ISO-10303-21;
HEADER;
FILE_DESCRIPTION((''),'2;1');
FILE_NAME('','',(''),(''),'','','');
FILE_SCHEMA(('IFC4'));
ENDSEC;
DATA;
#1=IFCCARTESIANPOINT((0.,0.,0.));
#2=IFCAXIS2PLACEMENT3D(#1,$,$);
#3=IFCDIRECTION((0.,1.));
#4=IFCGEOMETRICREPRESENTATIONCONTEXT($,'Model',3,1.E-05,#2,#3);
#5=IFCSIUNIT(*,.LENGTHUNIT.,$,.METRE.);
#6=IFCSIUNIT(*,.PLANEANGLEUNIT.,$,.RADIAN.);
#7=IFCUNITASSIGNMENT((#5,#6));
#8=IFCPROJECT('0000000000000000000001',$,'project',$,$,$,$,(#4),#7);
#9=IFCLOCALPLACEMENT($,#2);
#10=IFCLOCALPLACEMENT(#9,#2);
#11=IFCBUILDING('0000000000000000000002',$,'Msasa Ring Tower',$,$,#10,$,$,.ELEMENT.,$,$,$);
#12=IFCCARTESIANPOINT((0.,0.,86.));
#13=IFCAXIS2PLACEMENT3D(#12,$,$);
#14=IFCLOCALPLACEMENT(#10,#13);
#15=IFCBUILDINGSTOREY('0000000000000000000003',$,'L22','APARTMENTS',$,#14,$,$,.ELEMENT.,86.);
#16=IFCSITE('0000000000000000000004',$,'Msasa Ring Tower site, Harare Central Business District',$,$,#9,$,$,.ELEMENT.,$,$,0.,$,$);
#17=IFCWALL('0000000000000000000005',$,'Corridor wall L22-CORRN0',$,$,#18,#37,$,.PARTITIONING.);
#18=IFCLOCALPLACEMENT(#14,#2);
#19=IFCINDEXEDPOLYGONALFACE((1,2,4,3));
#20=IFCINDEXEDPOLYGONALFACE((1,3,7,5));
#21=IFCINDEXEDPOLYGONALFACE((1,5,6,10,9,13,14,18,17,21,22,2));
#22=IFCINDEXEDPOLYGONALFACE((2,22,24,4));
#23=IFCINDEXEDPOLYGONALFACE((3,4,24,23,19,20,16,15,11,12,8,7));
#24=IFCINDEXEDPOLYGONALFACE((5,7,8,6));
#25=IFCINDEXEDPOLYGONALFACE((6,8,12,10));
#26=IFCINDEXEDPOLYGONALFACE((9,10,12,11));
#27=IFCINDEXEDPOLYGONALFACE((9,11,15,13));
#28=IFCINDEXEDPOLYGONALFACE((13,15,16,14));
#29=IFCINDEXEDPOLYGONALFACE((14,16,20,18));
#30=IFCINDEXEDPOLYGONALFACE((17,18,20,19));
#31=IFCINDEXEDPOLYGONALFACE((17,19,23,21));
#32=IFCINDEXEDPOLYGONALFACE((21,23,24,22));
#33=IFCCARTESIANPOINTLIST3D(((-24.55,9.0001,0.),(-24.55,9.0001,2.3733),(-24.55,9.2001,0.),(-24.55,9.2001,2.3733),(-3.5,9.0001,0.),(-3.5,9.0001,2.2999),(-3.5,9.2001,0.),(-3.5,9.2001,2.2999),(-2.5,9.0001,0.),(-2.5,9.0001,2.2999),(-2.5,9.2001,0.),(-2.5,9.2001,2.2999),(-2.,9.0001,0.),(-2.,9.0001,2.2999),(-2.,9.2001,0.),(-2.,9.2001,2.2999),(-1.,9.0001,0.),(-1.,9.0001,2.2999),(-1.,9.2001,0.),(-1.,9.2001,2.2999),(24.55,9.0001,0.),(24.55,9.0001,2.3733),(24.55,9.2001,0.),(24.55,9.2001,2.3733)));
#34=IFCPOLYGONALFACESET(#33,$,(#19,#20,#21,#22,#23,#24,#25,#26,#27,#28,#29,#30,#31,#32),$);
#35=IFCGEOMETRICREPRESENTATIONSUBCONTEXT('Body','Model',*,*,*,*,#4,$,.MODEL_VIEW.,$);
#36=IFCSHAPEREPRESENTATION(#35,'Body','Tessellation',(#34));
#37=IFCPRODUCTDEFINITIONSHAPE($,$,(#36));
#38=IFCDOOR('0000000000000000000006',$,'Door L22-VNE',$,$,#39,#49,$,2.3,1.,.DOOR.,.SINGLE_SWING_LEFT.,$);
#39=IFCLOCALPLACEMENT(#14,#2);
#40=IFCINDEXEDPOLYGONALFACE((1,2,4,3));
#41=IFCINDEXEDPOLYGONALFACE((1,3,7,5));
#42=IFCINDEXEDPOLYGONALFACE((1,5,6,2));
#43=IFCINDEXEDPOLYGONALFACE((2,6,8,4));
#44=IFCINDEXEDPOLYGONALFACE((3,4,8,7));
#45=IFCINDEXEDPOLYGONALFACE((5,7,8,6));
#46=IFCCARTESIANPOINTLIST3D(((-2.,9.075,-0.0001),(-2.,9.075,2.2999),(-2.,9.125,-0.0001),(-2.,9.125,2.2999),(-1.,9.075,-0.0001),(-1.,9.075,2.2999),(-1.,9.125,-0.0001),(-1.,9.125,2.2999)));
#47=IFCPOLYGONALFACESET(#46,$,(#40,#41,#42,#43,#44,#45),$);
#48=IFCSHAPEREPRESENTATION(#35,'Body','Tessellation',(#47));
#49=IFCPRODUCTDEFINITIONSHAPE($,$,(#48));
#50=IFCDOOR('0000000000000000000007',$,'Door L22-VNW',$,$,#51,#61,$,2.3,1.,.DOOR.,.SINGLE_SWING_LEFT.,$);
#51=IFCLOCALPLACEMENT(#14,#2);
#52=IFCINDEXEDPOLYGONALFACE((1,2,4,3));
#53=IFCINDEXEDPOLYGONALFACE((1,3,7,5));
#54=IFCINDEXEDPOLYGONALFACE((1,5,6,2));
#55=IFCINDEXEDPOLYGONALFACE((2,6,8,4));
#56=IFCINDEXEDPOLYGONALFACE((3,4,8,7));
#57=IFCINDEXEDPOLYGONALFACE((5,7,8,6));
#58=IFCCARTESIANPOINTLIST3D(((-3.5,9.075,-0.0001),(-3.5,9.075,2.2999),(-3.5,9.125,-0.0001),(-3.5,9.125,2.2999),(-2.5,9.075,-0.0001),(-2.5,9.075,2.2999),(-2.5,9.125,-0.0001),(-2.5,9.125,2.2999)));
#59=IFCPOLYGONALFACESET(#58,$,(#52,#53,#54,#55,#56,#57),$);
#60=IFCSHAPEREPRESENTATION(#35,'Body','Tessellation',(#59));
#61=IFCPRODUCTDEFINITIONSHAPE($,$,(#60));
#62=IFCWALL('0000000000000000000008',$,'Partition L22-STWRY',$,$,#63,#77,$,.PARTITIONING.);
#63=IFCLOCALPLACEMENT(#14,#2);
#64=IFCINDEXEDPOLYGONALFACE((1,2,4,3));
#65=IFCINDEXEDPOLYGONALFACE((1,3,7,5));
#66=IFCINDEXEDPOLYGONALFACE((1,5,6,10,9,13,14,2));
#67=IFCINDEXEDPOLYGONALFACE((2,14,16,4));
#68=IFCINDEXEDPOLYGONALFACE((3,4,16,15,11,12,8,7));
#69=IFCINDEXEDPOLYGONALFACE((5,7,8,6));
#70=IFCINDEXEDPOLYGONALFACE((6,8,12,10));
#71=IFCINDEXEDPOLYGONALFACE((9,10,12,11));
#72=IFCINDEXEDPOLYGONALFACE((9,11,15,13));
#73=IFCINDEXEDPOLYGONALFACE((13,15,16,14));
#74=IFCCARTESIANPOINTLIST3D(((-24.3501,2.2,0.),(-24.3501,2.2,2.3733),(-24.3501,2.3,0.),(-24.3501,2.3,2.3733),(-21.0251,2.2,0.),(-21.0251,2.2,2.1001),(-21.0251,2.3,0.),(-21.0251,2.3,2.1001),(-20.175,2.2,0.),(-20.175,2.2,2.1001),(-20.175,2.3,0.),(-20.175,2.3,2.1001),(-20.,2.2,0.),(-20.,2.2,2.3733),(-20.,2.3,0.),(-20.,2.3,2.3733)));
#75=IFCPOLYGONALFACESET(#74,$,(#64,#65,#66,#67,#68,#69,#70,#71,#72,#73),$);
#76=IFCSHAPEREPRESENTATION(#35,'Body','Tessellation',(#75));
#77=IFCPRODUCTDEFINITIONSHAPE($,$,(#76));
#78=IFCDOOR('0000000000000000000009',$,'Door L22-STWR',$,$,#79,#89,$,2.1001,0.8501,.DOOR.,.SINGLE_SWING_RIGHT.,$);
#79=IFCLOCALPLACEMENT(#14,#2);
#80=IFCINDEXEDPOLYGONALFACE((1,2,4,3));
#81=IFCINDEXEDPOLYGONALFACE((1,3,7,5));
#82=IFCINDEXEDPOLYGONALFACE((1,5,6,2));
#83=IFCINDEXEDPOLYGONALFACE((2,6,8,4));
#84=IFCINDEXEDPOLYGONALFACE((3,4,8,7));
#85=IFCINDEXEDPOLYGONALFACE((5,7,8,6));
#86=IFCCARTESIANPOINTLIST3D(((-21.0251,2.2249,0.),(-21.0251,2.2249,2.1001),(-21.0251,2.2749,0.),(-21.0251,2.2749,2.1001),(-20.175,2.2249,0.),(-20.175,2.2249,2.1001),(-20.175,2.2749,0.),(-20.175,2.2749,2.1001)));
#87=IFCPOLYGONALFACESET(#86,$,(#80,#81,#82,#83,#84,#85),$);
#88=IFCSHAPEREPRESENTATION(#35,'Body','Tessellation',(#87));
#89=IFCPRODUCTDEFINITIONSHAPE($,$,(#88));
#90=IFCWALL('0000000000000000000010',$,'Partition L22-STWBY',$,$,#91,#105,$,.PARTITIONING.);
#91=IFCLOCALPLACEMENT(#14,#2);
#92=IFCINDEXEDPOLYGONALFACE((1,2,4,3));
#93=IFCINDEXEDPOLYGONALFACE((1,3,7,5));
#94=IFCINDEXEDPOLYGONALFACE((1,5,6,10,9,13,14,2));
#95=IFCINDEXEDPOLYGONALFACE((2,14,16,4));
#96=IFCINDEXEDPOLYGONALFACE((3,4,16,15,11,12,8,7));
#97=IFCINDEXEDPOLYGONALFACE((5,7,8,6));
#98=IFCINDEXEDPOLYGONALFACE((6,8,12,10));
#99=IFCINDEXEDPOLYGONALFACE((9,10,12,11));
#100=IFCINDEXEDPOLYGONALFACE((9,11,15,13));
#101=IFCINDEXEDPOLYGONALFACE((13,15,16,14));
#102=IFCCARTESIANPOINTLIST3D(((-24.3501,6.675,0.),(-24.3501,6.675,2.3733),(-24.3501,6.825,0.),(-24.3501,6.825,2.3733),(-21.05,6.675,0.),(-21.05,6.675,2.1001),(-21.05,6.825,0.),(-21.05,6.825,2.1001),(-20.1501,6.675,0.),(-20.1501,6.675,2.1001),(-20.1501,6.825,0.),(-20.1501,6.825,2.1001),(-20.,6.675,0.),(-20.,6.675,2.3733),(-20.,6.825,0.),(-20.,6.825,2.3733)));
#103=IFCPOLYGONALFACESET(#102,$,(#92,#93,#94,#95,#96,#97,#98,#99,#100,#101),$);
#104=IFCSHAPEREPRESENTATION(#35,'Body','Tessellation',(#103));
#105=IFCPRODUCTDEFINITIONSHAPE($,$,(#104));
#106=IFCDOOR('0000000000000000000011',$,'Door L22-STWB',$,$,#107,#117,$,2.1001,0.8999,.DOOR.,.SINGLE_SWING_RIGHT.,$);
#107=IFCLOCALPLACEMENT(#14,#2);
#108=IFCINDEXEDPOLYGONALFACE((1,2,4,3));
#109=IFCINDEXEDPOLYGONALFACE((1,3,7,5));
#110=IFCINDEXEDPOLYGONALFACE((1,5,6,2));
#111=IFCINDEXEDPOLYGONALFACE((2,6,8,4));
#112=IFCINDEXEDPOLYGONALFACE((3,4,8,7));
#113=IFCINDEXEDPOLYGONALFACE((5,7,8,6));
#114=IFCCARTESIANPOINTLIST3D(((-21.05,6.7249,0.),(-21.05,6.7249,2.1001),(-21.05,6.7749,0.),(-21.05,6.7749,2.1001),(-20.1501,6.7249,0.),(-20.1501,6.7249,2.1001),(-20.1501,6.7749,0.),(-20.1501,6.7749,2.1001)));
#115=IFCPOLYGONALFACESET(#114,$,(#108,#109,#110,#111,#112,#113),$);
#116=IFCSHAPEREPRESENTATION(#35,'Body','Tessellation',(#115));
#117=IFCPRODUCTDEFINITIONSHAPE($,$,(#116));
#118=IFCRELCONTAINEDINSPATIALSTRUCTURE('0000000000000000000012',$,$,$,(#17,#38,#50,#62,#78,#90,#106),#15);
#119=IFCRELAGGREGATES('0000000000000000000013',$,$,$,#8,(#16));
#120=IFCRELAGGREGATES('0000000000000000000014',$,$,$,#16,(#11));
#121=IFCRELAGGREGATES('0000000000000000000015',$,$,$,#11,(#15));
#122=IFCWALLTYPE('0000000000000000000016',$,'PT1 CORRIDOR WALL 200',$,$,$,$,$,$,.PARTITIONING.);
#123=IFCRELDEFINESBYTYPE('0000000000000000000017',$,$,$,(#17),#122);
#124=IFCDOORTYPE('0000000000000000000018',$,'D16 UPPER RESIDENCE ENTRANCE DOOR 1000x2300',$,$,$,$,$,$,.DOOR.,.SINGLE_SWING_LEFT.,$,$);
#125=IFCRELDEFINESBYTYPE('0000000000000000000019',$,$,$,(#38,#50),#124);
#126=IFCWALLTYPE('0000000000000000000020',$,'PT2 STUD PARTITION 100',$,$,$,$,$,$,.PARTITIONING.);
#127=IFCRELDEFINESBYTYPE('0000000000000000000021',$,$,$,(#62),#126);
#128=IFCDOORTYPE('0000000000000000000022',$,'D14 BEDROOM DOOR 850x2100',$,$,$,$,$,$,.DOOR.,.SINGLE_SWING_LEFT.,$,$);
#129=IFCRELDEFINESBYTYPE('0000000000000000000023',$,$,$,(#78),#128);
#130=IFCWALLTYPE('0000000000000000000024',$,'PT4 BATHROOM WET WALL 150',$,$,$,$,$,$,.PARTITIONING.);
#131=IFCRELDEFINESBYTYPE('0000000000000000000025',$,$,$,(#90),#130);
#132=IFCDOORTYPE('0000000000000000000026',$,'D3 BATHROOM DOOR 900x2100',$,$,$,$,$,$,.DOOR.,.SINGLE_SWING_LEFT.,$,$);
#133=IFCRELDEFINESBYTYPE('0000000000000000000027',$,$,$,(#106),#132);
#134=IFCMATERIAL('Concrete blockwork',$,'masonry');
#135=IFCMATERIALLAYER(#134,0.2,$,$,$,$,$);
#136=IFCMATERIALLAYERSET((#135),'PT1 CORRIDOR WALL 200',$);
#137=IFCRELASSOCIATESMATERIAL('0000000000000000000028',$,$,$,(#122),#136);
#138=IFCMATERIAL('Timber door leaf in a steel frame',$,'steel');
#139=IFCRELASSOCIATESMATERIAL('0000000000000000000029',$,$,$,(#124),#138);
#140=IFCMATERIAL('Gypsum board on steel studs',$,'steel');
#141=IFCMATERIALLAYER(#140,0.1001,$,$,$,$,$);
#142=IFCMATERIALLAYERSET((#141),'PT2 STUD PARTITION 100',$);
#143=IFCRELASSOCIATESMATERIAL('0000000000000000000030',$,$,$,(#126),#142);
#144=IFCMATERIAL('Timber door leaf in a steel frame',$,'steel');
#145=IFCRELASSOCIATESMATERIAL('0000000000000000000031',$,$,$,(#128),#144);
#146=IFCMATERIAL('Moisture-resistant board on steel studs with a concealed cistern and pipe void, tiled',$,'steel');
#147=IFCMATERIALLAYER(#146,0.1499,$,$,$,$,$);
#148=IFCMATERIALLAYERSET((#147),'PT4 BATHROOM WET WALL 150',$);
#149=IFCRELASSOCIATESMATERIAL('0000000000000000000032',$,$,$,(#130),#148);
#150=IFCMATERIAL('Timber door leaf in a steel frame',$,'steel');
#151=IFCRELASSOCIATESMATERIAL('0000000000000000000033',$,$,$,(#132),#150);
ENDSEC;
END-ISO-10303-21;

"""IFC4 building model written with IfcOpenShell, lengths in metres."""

from ifc_helpers import new_model, si_unit, direction, frame, frame_2d, origin, place, context, subcontext, project, spatial, rectangle, extrude, material, layer, layer_set, type_object, element, fill, save


model = new_model("IFC4")

# Units and contexts
model_context = context("Model", 3, precision=1e-05, world=origin(), true_north=direction((0.0, 1.0)))
body_context = subcontext(model_context, "Body", "Model", "MODEL_VIEW")
ifc_project = project(units=[si_unit("LENGTHUNIT", "METRE"), si_unit("PLANEANGLEUNIT", "RADIAN")], contexts=[model_context])

# Site, building, storey
site_placement = place(None, origin())
site = spatial("IfcSite", under=ifc_project, at=site_placement, Name="Msasa Ring Tower site, Harare Central Business District", CompositionType="ELEMENT", RefElevation=0.0)
building_placement = place(site_placement, origin())
building = spatial("IfcBuilding", under=site, at=building_placement, Name="Msasa Ring Tower", CompositionType="ELEMENT")
storey_placement = place(building_placement, frame((0.0, 0.0, 86.0)))
storey = spatial("IfcBuildingStorey", under=building, at=storey_placement, Name="L22", Description="APARTMENTS", CompositionType="ELEMENT", Elevation=86.0)

# Wall, openings, doors
ifc_material_1 = material(Name="Concrete blockwork", Category="masonry")
ifc_layer_1 = layer(ifc_material_1, 0.2)
ifc_layer_set_1 = layer_set([ifc_layer_1], Name="PT1 CORRIDOR WALL 200")
wall_type_1 = type_object("IfcWallType", Name="PT1 CORRIDOR WALL 200", PredefinedType="PARTITIONING", material=ifc_layer_set_1)
wall_1_placement = place(storey_placement, frame((-24.55, 9.1001, 0.0), z_axis=(0.0, 0.0, 1.0), x_axis=(1.0, 0.0, 0.0)))
wall_1 = element("IfcWall", 1, at=wall_1_placement, inside=storey, type_object=wall_type_1, Name="Corridor wall L22-CORRN0", PredefinedType="PARTITIONING", context=body_context, shape_type="SweptSolid", body=[
    extrude(rectangle(XDim=49.1001, YDim=0.2, at=frame_2d((24.55, 0.0))), origin(), (0.0, 0.0, 1.0), 2.3733),
])
opening_1_placement = place(wall_1_placement, frame((22.55, 0.0, 0.0)))
opening_1 = element("IfcOpeningElement", 2, at=opening_1_placement, cuts=wall_1, PredefinedType="OPENING", context=body_context, shape_type="SweptSolid", body=[
    extrude(rectangle(XDim=1.0, YDim=2.3, at=frame_2d((0.5, 1.1499))), frame((0.0, 0.1099, 0.0), z_axis=(0.0, -1.0, 0.0), x_axis=(1.0, 0.0, 0.0)), (0.0, 0.0, 1.0), 0.22),
])
opening_2_placement = place(wall_1_placement, frame((21.05, 0.0, 0.0)))
opening_2 = element("IfcOpeningElement", 3, at=opening_2_placement, cuts=wall_1, PredefinedType="OPENING", context=body_context, shape_type="SweptSolid", body=[
    extrude(rectangle(XDim=1.0, YDim=2.3, at=frame_2d((0.5, 1.1499))), frame((0.0, 0.1099, 0.0), z_axis=(0.0, -1.0, 0.0), x_axis=(1.0, 0.0, 0.0)), (0.0, 0.0, 1.0), 0.22),
])
ifc_material_2 = material(Name="Timber door leaf in a steel frame", Category="steel")
door_type_1 = type_object("IfcDoorType", Name="D16 UPPER RESIDENCE ENTRANCE DOOR 1000x2300", OperationType="SINGLE_SWING_LEFT", PredefinedType="DOOR", material=ifc_material_2)
door_1_placement = place(opening_1_placement, origin())
door_1 = element("IfcDoor", 4, at=door_1_placement, inside=storey, type_object=door_type_1, Name="Door L22-VNE", OperationType="SINGLE_SWING_LEFT", OverallHeight=2.3, OverallWidth=1.0, PredefinedType="DOOR", context=body_context, shape_type="SweptSolid", body=[
    extrude(rectangle(XDim=1.0, YDim=2.3, at=frame_2d((0.5, 1.1499))), frame((0.0, 0.0249, 0.0), z_axis=(0.0, -1.0, 0.0), x_axis=(1.0, 0.0, 0.0)), (0.0, 0.0, 1.0), 0.05),
])
fill(opening_1, door_1)
door_2_placement = place(opening_2_placement, origin())
door_2 = element("IfcDoor", 5, at=door_2_placement, inside=storey, type_object=door_type_1, Name="Door L22-VNW", OperationType="SINGLE_SWING_LEFT", OverallHeight=2.3, OverallWidth=1.0, PredefinedType="DOOR", context=body_context, shape_type="SweptSolid", body=[
    extrude(rectangle(XDim=1.0, YDim=2.3, at=frame_2d((0.5, 1.1499))), frame((0.0, 0.0249, 0.0), z_axis=(0.0, -1.0, 0.0), x_axis=(1.0, 0.0, 0.0)), (0.0, 0.0, 1.0), 0.05),
])
fill(opening_2, door_2)

# Walls, openings, doors
ifc_material_3 = material(Name="Gypsum board on steel studs", Category="steel")
ifc_layer_2 = layer(ifc_material_3, 0.1001)
ifc_layer_set_2 = layer_set([ifc_layer_2], Name="PT2 STUD PARTITION 100")
wall_type_2 = type_object("IfcWallType", Name="PT2 STUD PARTITION 100", PredefinedType="PARTITIONING", material=ifc_layer_set_2)
wall_2_placement = place(storey_placement, frame((-24.3501, 2.25, 0.0), z_axis=(0.0, 0.0, 1.0), x_axis=(1.0, 0.0, 0.0)))
wall_2 = element("IfcWall", 6, at=wall_2_placement, inside=storey, type_object=wall_type_2, Name="Partition L22-STWRY", PredefinedType="PARTITIONING", context=body_context, shape_type="SweptSolid", body=[
    extrude(rectangle(XDim=4.3501, YDim=0.1001, at=frame_2d((2.175, 0.0))), origin(), (0.0, 0.0, 1.0), 2.3733),
])
opening_3_placement = place(wall_2_placement, frame((3.325, 0.0, 0.0)))
opening_3 = element("IfcOpeningElement", 7, at=opening_3_placement, cuts=wall_2, PredefinedType="OPENING", context=body_context, shape_type="SweptSolid", body=[
    extrude(rectangle(XDim=0.8501, YDim=2.1001, at=frame_2d((0.425, 1.05))), frame((0.0, 0.0601, 0.0), z_axis=(0.0, -1.0, 0.0), x_axis=(1.0, 0.0, 0.0)), (0.0, 0.0, 1.0), 0.1201),
])
ifc_material_4 = material(Name="Timber door leaf in a steel frame", Category="steel")
door_type_2 = type_object("IfcDoorType", Name="D14 BEDROOM DOOR 850x2100", OperationType="SINGLE_SWING_LEFT", PredefinedType="DOOR", material=ifc_material_4)
door_3_placement = place(opening_3_placement, origin())
door_3 = element("IfcDoor", 8, at=door_3_placement, inside=storey, type_object=door_type_2, Name="Door L22-STWR", OperationType="SINGLE_SWING_RIGHT", OverallHeight=2.1001, OverallWidth=0.8501, PredefinedType="DOOR", context=body_context, shape_type="SweptSolid", body=[
    extrude(rectangle(XDim=0.8501, YDim=2.1001, at=frame_2d((0.425, 1.05))), frame((0.0, 0.0249, 0.0), z_axis=(0.0, -1.0, 0.0), x_axis=(1.0, 0.0, 0.0)), (0.0, 0.0, 1.0), 0.05),
])
fill(opening_3, door_3)
ifc_material_5 = material(Name="Moisture-resistant board on steel studs with a concealed cistern and pipe void, tiled", Category="steel")
ifc_layer_3 = layer(ifc_material_5, 0.1499)
ifc_layer_set_3 = layer_set([ifc_layer_3], Name="PT4 BATHROOM WET WALL 150")
wall_type_3 = type_object("IfcWallType", Name="PT4 BATHROOM WET WALL 150", PredefinedType="PARTITIONING", material=ifc_layer_set_3)
wall_3_placement = place(storey_placement, frame((-24.3501, 6.75, 0.0), z_axis=(0.0, 0.0, 1.0), x_axis=(1.0, 0.0, 0.0)))
wall_3 = element("IfcWall", 9, at=wall_3_placement, inside=storey, type_object=wall_type_3, Name="Partition L22-STWBY", PredefinedType="PARTITIONING", context=body_context, shape_type="SweptSolid", body=[
    extrude(rectangle(XDim=4.3501, YDim=0.1499, at=frame_2d((2.175, 0.0))), origin(), (0.0, 0.0, 1.0), 2.3733),
])
opening_4_placement = place(wall_3_placement, frame((3.3, 0.0, 0.0)))
opening_4 = element("IfcOpeningElement", 10, at=opening_4_placement, cuts=wall_3, PredefinedType="OPENING", context=body_context, shape_type="SweptSolid", body=[
    extrude(rectangle(XDim=0.8999, YDim=2.1001, at=frame_2d((0.45, 1.05))), frame((0.0, 0.085, 0.0), z_axis=(0.0, -1.0, 0.0), x_axis=(1.0, 0.0, 0.0)), (0.0, 0.0, 1.0), 0.1699),
])
ifc_material_6 = material(Name="Timber door leaf in a steel frame", Category="steel")
door_type_3 = type_object("IfcDoorType", Name="D3 BATHROOM DOOR 900x2100", OperationType="SINGLE_SWING_LEFT", PredefinedType="DOOR", material=ifc_material_6)
door_4_placement = place(opening_4_placement, origin())
door_4 = element("IfcDoor", 11, at=door_4_placement, inside=storey, type_object=door_type_3, Name="Door L22-STWB", OperationType="SINGLE_SWING_RIGHT", OverallHeight=2.1001, OverallWidth=0.8999, PredefinedType="DOOR", context=body_context, shape_type="SweptSolid", body=[
    extrude(rectangle(XDim=0.8999, YDim=2.1001, at=frame_2d((0.45, 1.05))), frame((0.0, 0.0249, 0.0), z_axis=(0.0, -1.0, 0.0), x_axis=(1.0, 0.0, 0.0)), (0.0, 0.0, 1.0), 0.05),
])
fill(opening_4, door_4)

save(model, "model.ifc")
